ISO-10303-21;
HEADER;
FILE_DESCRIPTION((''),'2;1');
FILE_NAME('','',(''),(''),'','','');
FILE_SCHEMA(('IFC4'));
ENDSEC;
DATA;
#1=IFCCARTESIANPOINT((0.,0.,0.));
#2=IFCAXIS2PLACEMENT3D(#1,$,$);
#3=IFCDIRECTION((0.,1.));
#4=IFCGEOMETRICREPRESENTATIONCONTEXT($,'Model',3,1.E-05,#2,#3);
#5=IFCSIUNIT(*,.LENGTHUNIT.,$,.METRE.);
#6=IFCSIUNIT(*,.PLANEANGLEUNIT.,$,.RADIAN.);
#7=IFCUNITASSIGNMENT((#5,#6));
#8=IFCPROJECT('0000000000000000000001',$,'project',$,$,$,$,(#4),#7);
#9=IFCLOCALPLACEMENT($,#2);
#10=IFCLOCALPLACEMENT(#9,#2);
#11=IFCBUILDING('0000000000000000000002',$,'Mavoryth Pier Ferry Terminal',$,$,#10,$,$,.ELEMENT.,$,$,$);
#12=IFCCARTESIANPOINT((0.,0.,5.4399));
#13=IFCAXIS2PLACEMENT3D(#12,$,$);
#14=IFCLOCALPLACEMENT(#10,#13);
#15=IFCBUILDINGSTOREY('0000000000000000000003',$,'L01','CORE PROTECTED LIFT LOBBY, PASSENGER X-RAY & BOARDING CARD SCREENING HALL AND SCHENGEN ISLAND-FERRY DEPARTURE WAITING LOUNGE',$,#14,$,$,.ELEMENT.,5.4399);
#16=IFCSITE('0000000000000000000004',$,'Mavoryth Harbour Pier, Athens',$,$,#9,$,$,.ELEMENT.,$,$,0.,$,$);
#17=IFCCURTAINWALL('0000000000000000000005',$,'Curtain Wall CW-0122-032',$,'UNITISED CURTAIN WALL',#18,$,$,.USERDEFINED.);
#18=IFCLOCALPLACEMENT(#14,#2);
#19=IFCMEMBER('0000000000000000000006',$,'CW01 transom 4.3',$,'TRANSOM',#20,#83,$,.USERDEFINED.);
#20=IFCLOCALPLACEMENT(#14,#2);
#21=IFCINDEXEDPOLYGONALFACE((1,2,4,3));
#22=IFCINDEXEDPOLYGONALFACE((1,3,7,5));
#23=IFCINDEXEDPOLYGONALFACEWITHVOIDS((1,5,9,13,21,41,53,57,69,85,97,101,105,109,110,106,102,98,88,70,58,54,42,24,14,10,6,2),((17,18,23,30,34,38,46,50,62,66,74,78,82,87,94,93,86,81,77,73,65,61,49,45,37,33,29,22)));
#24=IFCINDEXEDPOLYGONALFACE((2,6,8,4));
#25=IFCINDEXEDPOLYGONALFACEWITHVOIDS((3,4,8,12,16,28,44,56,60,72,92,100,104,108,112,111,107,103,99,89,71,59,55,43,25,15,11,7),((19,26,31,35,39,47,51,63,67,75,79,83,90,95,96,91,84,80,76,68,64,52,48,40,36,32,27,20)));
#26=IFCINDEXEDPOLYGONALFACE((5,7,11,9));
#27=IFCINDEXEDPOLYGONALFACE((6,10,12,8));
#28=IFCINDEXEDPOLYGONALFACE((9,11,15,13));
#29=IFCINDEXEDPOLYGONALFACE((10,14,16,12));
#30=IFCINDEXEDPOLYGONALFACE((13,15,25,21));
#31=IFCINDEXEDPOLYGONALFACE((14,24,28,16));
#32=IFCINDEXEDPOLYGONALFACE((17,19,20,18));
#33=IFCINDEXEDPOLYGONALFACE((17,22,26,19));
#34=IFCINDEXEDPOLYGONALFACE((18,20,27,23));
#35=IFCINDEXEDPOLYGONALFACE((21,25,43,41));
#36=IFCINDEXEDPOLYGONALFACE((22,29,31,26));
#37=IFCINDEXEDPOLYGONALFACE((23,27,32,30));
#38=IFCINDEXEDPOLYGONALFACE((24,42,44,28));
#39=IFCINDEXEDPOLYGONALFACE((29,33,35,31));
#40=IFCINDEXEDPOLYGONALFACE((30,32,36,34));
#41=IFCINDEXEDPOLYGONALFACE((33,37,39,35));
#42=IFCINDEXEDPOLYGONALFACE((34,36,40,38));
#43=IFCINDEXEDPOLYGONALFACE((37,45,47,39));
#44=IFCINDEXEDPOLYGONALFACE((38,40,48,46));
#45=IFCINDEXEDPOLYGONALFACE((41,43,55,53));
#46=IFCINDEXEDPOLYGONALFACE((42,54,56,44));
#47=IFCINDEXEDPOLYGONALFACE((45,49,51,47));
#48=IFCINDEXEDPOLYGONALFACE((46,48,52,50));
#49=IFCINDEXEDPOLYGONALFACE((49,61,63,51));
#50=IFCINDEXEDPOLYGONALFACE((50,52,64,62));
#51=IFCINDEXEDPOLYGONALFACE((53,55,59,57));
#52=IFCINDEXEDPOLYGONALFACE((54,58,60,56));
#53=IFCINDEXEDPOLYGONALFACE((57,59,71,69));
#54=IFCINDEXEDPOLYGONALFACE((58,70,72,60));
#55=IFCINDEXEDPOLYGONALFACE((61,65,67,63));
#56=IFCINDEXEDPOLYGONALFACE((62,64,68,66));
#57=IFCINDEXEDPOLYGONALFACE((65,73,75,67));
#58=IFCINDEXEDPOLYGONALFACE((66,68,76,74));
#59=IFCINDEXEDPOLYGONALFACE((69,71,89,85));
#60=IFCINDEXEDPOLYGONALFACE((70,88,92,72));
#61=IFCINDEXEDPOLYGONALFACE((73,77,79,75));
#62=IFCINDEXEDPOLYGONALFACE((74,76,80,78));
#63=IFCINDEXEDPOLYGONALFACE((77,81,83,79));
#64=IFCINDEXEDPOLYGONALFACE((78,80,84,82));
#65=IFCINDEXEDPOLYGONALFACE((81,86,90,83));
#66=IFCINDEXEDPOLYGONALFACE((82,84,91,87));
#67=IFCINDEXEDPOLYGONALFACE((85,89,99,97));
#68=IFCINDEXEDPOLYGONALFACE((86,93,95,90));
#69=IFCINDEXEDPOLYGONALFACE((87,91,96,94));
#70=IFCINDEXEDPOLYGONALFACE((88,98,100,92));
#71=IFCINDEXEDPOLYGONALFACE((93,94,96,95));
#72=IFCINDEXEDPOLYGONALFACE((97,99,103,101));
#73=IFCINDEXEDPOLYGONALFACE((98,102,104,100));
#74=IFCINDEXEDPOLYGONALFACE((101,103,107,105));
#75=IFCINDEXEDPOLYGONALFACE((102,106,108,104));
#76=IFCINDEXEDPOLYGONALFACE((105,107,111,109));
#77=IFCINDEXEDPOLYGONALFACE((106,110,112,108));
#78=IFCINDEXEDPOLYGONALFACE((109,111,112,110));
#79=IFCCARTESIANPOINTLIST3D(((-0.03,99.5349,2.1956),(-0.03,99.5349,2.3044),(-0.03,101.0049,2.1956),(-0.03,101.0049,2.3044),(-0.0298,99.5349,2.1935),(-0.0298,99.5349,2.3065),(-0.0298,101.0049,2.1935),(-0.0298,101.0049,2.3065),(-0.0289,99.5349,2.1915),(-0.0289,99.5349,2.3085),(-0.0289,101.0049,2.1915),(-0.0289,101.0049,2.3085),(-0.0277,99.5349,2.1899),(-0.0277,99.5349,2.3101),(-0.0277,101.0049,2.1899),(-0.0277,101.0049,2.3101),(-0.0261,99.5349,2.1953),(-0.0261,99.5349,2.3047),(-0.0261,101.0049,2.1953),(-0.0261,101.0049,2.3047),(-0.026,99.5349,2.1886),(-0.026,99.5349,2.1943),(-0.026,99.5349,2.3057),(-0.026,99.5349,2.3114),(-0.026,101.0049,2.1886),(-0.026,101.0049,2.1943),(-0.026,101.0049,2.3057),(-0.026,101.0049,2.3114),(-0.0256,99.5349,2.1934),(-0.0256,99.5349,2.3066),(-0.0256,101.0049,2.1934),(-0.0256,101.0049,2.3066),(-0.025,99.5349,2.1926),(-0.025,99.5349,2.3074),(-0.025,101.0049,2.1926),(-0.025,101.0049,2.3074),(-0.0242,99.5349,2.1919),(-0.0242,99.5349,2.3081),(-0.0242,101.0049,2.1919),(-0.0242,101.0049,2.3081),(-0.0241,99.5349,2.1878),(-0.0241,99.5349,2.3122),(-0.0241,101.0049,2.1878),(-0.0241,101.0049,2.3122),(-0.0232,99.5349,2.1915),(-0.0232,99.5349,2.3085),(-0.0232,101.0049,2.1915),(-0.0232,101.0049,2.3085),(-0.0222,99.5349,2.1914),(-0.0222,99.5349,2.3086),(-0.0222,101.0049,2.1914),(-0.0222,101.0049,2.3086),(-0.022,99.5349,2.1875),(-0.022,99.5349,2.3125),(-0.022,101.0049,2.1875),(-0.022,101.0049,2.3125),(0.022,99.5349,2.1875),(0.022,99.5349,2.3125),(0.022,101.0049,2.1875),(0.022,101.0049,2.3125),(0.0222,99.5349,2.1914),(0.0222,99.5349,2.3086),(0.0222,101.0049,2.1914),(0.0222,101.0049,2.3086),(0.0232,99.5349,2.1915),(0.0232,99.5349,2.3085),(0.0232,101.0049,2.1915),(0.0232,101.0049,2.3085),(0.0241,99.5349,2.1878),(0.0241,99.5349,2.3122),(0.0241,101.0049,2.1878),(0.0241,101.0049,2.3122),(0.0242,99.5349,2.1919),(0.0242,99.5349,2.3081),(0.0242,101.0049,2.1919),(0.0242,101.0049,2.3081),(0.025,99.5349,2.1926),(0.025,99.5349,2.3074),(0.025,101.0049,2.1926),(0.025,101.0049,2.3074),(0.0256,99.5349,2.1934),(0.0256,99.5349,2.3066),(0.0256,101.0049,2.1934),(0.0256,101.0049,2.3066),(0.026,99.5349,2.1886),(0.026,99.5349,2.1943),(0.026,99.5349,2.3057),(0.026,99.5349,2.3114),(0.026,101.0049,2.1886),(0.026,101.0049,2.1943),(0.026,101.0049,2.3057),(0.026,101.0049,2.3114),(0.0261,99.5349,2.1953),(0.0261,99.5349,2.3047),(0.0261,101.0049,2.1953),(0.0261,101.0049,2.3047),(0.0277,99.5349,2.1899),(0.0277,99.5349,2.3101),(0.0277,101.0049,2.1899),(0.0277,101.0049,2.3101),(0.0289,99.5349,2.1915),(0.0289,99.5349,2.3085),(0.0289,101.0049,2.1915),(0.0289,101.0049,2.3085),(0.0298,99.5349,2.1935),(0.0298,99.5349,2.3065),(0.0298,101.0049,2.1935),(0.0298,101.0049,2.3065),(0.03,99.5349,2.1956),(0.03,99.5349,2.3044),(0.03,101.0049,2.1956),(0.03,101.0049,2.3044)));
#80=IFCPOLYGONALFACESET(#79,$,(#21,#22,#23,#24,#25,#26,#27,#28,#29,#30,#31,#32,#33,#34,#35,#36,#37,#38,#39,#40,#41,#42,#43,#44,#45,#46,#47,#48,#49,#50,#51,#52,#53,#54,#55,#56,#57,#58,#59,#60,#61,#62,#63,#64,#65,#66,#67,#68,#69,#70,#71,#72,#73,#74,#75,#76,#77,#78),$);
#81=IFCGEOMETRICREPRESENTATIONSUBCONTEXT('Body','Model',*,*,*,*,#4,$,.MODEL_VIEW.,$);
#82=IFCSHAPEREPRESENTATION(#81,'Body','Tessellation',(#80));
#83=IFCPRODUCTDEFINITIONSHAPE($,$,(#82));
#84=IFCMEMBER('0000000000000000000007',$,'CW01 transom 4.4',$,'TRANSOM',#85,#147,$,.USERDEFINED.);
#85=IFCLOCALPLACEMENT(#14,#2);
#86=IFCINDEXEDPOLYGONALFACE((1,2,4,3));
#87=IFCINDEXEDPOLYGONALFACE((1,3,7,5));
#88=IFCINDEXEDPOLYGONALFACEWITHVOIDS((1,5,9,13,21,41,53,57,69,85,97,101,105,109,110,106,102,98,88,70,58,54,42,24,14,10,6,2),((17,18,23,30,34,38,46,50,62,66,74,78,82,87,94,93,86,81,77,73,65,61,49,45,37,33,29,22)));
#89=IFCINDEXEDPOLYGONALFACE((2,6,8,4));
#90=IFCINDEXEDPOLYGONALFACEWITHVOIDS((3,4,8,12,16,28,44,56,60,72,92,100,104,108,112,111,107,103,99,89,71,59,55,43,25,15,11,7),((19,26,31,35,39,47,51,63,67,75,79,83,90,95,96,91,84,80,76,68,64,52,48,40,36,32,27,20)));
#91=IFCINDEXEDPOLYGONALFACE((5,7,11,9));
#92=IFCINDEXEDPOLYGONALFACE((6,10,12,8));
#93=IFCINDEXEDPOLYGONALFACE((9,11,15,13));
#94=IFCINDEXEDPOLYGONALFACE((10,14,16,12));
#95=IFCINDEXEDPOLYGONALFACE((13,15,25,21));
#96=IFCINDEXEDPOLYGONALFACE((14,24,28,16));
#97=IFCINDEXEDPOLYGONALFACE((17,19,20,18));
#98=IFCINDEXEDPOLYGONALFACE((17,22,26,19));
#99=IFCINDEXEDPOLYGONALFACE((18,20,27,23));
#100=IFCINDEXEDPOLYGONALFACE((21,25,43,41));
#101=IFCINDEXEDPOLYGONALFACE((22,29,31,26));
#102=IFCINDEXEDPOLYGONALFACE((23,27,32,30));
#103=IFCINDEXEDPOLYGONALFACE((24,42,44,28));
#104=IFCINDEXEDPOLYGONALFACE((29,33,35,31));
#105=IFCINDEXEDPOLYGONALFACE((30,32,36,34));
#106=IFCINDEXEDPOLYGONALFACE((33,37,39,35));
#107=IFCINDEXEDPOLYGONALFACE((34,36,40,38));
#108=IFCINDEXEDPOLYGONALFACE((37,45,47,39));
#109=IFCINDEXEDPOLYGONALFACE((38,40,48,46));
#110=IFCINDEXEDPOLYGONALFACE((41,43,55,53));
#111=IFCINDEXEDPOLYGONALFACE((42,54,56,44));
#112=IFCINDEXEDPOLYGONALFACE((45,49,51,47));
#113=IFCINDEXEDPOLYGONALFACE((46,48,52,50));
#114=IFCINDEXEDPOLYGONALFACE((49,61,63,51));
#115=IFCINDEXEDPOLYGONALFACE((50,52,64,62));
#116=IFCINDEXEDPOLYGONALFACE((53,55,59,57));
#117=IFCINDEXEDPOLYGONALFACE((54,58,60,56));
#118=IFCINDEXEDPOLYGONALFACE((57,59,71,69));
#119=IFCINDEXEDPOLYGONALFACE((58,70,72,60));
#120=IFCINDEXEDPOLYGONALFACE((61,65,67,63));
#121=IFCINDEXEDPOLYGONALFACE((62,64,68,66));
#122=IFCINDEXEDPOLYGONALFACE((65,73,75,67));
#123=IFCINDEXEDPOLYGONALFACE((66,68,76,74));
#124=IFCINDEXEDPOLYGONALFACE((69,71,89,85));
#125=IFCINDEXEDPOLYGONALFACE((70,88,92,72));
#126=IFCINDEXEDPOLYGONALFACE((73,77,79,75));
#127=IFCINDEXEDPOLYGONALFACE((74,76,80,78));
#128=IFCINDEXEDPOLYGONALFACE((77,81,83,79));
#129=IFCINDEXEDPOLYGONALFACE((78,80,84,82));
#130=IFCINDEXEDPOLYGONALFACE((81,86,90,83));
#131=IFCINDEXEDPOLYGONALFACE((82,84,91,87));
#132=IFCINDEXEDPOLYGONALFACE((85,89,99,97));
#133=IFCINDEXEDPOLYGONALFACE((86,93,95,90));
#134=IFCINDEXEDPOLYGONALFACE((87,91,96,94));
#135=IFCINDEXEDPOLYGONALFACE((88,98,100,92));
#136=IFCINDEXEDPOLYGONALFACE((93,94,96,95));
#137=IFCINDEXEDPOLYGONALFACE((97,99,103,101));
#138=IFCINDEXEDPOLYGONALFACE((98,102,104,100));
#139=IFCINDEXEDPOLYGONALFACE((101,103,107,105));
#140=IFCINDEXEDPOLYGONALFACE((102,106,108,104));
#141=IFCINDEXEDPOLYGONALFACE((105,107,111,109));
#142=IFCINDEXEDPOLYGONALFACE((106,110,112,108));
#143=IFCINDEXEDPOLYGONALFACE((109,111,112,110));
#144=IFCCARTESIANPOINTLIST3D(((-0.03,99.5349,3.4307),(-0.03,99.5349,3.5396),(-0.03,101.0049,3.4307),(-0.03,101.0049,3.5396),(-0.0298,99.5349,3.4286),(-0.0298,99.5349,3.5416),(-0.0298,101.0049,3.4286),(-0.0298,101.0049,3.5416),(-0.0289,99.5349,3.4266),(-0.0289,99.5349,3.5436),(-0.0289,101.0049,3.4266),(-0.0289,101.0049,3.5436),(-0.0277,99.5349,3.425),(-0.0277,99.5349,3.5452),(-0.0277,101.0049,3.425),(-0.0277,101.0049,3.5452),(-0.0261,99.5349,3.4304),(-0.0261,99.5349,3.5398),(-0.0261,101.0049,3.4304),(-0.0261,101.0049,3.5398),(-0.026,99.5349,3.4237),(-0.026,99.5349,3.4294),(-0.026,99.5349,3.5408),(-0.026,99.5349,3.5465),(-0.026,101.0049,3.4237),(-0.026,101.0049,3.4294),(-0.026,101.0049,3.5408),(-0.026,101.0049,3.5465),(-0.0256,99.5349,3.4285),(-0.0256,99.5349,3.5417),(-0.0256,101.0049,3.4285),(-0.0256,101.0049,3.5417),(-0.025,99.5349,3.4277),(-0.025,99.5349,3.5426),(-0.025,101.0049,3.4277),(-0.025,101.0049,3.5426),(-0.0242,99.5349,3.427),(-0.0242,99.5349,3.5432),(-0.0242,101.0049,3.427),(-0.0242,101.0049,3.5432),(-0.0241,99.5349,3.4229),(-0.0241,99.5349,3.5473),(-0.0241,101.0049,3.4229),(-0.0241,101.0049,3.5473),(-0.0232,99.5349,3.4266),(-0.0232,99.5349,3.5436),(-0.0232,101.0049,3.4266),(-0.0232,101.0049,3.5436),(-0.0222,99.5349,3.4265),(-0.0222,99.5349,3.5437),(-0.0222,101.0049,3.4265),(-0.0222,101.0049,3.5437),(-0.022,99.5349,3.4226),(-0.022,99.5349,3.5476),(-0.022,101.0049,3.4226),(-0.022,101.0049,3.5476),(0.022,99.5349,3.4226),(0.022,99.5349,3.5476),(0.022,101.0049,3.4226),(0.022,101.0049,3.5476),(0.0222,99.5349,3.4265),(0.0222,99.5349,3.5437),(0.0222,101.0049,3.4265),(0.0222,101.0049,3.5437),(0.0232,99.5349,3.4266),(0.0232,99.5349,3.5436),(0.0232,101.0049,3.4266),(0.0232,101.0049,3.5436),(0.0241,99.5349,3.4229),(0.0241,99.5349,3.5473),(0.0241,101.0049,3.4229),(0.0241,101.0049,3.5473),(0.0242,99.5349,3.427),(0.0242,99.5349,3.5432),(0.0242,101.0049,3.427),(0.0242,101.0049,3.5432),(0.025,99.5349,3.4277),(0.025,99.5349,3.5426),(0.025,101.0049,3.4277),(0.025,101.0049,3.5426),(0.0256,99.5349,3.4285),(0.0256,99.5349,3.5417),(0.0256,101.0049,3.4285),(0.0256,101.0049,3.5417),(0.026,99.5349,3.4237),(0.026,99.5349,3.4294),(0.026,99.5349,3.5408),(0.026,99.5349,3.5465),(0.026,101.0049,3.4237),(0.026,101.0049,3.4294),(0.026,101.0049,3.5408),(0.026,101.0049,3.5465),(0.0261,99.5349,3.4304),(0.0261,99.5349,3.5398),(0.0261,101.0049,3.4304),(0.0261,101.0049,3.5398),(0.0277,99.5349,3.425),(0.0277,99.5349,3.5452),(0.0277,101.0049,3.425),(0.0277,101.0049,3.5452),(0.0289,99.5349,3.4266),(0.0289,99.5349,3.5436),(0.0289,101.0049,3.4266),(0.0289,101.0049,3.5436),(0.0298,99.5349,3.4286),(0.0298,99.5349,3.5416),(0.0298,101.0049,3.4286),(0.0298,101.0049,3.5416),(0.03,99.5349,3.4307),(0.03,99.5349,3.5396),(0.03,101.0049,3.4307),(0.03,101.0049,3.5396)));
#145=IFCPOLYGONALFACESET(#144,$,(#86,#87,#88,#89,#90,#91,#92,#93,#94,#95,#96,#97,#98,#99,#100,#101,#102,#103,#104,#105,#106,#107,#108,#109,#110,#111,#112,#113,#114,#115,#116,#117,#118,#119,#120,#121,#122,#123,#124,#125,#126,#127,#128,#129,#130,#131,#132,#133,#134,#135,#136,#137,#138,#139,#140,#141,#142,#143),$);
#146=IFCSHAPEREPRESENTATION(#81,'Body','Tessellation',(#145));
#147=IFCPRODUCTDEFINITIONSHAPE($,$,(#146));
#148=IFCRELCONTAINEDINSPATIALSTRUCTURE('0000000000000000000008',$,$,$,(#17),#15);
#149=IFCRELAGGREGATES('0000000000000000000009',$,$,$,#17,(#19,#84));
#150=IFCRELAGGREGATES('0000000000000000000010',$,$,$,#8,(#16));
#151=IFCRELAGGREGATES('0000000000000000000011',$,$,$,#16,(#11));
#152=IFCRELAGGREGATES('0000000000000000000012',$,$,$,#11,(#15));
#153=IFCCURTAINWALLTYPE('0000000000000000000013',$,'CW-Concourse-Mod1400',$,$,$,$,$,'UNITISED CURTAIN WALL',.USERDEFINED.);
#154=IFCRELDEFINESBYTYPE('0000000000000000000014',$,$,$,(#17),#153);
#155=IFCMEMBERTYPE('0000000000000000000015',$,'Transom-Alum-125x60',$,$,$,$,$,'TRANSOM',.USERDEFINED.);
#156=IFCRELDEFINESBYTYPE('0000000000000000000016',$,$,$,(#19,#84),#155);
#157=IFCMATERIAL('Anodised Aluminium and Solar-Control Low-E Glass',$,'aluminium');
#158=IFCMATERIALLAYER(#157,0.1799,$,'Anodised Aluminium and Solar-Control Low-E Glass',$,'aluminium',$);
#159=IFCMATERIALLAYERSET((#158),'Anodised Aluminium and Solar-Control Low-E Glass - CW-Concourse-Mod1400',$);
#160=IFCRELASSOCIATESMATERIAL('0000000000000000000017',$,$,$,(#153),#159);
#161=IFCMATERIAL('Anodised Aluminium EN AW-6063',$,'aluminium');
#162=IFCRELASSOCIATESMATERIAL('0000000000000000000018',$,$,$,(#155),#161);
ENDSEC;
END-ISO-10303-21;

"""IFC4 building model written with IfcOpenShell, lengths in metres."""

from ifc_helpers import new_model, si_unit, direction, frame, origin, origin_2d, place, context, subcontext, project, spatial, hollow_rectangle, extrude, material, layer, layer_set, material_profile, profile_set, type_object, element, aggregate, save


model = new_model("IFC4")

# Units and contexts
model_context = context("Model", 3, precision=1e-05, world=origin(), true_north=direction((0.0, 1.0)))
body_context = subcontext(model_context, "Body", "Model", "MODEL_VIEW")
ifc_project = project(units=[si_unit("LENGTHUNIT", "METRE"), si_unit("PLANEANGLEUNIT", "RADIAN")], contexts=[model_context])

# Site, building, storey
site_placement = place(None, origin())
site = spatial("IfcSite", under=ifc_project, at=site_placement, Name="Mavoryth Harbour Pier, Athens", CompositionType="ELEMENT", RefElevation=0.0)
building_placement = place(site_placement, origin())
building = spatial("IfcBuilding", under=site, at=building_placement, Name="Mavoryth Pier Ferry Terminal", CompositionType="ELEMENT")
storey_placement = place(building_placement, frame((0.0, 0.0, 5.4399)))
storey = spatial("IfcBuildingStorey", under=building, at=storey_placement, Name="L01", Description="CORE PROTECTED LIFT LOBBY, PASSENGER X-RAY & BOARDING CARD SCREENING HALL AND SCHENGEN ISLAND-FERRY DEPARTURE WAITING LOUNGE", CompositionType="ELEMENT", Elevation=5.4399)

# Curtain wall
ifc_material_1 = material(Name="Anodised Aluminium and Solar-Control Low-E Glass", Category="aluminium")
ifc_layer_1 = layer(ifc_material_1, 0.1799, Name="Anodised Aluminium and Solar-Control Low-E Glass", Category="aluminium")
ifc_layer_set_1 = layer_set([ifc_layer_1], Name="Anodised Aluminium and Solar-Control Low-E Glass - CW-Concourse-Mod1400")
curtain_wall_type = type_object("IfcCurtainWallType", Name="CW-Concourse-Mod1400", ElementType="UNITISED CURTAIN WALL", PredefinedType="USERDEFINED", material=ifc_layer_set_1)
curtain_wall_placement = place(storey_placement, origin())
curtain_wall = element("IfcCurtainWall", 1, at=curtain_wall_placement, inside=storey, type_object=curtain_wall_type, Name="Curtain Wall CW-0122-032", ObjectType="UNITISED CURTAIN WALL", PredefinedType="USERDEFINED")
ifc_material_2 = material(Name="Anodised Aluminium EN AW-6063", Category="aluminium")

# Members
ifc_material_profile_1 = material_profile(ifc_material_2, hollow_rectangle(XDim=0.0601, YDim=0.125, WallThickness=0.0039, InnerFilletRadius=0.0039, OuterFilletRadius=0.0081, at=origin_2d()), Name="AL-TRAN 125x60x4", Category="aluminium")
ifc_profile_set_1 = profile_set([ifc_material_profile_1], Name="Anodised Aluminium EN AW-6063 - AL-TRAN 125x60x4")
member_type_1 = type_object("IfcMemberType", Name="Transom-Alum-125x60", ElementType="TRANSOM", PredefinedType="USERDEFINED", material=ifc_profile_set_1)
member_1_placement = place(storey_placement, frame((0.0, 101.0049, 2.25), z_axis=(0.0, -1.0, 0.0), x_axis=(1.0, 0.0, 0.0)))
member_1 = element("IfcMember", 2, at=member_1_placement, type_object=member_type_1, Name="CW01 transom 4.3", ObjectType="TRANSOM", PredefinedType="USERDEFINED", context=body_context, shape_type="SweptSolid", body=[
    extrude(hollow_rectangle(XDim=0.0601, YDim=0.125, WallThickness=0.0039, InnerFilletRadius=0.0039, OuterFilletRadius=0.0081, at=origin_2d()), origin(), (0.0, 0.0, 1.0), 1.47),
])
member_2_placement = place(storey_placement, frame((0.0, 101.0049, 3.4851), z_axis=(0.0, -1.0, 0.0), x_axis=(1.0, 0.0, 0.0)))
member_2 = element("IfcMember", 3, at=member_2_placement, type_object=member_type_1, Name="CW01 transom 4.4", ObjectType="TRANSOM", PredefinedType="USERDEFINED", context=body_context, shape_type="SweptSolid", body=[
    extrude(hollow_rectangle(XDim=0.0601, YDim=0.125, WallThickness=0.0039, InnerFilletRadius=0.0039, OuterFilletRadius=0.0081, at=origin_2d()), origin(), (0.0, 0.0, 1.0), 1.47),
])

aggregate(curtain_wall, [member_1, member_2])

save(model, "model.ifc")
